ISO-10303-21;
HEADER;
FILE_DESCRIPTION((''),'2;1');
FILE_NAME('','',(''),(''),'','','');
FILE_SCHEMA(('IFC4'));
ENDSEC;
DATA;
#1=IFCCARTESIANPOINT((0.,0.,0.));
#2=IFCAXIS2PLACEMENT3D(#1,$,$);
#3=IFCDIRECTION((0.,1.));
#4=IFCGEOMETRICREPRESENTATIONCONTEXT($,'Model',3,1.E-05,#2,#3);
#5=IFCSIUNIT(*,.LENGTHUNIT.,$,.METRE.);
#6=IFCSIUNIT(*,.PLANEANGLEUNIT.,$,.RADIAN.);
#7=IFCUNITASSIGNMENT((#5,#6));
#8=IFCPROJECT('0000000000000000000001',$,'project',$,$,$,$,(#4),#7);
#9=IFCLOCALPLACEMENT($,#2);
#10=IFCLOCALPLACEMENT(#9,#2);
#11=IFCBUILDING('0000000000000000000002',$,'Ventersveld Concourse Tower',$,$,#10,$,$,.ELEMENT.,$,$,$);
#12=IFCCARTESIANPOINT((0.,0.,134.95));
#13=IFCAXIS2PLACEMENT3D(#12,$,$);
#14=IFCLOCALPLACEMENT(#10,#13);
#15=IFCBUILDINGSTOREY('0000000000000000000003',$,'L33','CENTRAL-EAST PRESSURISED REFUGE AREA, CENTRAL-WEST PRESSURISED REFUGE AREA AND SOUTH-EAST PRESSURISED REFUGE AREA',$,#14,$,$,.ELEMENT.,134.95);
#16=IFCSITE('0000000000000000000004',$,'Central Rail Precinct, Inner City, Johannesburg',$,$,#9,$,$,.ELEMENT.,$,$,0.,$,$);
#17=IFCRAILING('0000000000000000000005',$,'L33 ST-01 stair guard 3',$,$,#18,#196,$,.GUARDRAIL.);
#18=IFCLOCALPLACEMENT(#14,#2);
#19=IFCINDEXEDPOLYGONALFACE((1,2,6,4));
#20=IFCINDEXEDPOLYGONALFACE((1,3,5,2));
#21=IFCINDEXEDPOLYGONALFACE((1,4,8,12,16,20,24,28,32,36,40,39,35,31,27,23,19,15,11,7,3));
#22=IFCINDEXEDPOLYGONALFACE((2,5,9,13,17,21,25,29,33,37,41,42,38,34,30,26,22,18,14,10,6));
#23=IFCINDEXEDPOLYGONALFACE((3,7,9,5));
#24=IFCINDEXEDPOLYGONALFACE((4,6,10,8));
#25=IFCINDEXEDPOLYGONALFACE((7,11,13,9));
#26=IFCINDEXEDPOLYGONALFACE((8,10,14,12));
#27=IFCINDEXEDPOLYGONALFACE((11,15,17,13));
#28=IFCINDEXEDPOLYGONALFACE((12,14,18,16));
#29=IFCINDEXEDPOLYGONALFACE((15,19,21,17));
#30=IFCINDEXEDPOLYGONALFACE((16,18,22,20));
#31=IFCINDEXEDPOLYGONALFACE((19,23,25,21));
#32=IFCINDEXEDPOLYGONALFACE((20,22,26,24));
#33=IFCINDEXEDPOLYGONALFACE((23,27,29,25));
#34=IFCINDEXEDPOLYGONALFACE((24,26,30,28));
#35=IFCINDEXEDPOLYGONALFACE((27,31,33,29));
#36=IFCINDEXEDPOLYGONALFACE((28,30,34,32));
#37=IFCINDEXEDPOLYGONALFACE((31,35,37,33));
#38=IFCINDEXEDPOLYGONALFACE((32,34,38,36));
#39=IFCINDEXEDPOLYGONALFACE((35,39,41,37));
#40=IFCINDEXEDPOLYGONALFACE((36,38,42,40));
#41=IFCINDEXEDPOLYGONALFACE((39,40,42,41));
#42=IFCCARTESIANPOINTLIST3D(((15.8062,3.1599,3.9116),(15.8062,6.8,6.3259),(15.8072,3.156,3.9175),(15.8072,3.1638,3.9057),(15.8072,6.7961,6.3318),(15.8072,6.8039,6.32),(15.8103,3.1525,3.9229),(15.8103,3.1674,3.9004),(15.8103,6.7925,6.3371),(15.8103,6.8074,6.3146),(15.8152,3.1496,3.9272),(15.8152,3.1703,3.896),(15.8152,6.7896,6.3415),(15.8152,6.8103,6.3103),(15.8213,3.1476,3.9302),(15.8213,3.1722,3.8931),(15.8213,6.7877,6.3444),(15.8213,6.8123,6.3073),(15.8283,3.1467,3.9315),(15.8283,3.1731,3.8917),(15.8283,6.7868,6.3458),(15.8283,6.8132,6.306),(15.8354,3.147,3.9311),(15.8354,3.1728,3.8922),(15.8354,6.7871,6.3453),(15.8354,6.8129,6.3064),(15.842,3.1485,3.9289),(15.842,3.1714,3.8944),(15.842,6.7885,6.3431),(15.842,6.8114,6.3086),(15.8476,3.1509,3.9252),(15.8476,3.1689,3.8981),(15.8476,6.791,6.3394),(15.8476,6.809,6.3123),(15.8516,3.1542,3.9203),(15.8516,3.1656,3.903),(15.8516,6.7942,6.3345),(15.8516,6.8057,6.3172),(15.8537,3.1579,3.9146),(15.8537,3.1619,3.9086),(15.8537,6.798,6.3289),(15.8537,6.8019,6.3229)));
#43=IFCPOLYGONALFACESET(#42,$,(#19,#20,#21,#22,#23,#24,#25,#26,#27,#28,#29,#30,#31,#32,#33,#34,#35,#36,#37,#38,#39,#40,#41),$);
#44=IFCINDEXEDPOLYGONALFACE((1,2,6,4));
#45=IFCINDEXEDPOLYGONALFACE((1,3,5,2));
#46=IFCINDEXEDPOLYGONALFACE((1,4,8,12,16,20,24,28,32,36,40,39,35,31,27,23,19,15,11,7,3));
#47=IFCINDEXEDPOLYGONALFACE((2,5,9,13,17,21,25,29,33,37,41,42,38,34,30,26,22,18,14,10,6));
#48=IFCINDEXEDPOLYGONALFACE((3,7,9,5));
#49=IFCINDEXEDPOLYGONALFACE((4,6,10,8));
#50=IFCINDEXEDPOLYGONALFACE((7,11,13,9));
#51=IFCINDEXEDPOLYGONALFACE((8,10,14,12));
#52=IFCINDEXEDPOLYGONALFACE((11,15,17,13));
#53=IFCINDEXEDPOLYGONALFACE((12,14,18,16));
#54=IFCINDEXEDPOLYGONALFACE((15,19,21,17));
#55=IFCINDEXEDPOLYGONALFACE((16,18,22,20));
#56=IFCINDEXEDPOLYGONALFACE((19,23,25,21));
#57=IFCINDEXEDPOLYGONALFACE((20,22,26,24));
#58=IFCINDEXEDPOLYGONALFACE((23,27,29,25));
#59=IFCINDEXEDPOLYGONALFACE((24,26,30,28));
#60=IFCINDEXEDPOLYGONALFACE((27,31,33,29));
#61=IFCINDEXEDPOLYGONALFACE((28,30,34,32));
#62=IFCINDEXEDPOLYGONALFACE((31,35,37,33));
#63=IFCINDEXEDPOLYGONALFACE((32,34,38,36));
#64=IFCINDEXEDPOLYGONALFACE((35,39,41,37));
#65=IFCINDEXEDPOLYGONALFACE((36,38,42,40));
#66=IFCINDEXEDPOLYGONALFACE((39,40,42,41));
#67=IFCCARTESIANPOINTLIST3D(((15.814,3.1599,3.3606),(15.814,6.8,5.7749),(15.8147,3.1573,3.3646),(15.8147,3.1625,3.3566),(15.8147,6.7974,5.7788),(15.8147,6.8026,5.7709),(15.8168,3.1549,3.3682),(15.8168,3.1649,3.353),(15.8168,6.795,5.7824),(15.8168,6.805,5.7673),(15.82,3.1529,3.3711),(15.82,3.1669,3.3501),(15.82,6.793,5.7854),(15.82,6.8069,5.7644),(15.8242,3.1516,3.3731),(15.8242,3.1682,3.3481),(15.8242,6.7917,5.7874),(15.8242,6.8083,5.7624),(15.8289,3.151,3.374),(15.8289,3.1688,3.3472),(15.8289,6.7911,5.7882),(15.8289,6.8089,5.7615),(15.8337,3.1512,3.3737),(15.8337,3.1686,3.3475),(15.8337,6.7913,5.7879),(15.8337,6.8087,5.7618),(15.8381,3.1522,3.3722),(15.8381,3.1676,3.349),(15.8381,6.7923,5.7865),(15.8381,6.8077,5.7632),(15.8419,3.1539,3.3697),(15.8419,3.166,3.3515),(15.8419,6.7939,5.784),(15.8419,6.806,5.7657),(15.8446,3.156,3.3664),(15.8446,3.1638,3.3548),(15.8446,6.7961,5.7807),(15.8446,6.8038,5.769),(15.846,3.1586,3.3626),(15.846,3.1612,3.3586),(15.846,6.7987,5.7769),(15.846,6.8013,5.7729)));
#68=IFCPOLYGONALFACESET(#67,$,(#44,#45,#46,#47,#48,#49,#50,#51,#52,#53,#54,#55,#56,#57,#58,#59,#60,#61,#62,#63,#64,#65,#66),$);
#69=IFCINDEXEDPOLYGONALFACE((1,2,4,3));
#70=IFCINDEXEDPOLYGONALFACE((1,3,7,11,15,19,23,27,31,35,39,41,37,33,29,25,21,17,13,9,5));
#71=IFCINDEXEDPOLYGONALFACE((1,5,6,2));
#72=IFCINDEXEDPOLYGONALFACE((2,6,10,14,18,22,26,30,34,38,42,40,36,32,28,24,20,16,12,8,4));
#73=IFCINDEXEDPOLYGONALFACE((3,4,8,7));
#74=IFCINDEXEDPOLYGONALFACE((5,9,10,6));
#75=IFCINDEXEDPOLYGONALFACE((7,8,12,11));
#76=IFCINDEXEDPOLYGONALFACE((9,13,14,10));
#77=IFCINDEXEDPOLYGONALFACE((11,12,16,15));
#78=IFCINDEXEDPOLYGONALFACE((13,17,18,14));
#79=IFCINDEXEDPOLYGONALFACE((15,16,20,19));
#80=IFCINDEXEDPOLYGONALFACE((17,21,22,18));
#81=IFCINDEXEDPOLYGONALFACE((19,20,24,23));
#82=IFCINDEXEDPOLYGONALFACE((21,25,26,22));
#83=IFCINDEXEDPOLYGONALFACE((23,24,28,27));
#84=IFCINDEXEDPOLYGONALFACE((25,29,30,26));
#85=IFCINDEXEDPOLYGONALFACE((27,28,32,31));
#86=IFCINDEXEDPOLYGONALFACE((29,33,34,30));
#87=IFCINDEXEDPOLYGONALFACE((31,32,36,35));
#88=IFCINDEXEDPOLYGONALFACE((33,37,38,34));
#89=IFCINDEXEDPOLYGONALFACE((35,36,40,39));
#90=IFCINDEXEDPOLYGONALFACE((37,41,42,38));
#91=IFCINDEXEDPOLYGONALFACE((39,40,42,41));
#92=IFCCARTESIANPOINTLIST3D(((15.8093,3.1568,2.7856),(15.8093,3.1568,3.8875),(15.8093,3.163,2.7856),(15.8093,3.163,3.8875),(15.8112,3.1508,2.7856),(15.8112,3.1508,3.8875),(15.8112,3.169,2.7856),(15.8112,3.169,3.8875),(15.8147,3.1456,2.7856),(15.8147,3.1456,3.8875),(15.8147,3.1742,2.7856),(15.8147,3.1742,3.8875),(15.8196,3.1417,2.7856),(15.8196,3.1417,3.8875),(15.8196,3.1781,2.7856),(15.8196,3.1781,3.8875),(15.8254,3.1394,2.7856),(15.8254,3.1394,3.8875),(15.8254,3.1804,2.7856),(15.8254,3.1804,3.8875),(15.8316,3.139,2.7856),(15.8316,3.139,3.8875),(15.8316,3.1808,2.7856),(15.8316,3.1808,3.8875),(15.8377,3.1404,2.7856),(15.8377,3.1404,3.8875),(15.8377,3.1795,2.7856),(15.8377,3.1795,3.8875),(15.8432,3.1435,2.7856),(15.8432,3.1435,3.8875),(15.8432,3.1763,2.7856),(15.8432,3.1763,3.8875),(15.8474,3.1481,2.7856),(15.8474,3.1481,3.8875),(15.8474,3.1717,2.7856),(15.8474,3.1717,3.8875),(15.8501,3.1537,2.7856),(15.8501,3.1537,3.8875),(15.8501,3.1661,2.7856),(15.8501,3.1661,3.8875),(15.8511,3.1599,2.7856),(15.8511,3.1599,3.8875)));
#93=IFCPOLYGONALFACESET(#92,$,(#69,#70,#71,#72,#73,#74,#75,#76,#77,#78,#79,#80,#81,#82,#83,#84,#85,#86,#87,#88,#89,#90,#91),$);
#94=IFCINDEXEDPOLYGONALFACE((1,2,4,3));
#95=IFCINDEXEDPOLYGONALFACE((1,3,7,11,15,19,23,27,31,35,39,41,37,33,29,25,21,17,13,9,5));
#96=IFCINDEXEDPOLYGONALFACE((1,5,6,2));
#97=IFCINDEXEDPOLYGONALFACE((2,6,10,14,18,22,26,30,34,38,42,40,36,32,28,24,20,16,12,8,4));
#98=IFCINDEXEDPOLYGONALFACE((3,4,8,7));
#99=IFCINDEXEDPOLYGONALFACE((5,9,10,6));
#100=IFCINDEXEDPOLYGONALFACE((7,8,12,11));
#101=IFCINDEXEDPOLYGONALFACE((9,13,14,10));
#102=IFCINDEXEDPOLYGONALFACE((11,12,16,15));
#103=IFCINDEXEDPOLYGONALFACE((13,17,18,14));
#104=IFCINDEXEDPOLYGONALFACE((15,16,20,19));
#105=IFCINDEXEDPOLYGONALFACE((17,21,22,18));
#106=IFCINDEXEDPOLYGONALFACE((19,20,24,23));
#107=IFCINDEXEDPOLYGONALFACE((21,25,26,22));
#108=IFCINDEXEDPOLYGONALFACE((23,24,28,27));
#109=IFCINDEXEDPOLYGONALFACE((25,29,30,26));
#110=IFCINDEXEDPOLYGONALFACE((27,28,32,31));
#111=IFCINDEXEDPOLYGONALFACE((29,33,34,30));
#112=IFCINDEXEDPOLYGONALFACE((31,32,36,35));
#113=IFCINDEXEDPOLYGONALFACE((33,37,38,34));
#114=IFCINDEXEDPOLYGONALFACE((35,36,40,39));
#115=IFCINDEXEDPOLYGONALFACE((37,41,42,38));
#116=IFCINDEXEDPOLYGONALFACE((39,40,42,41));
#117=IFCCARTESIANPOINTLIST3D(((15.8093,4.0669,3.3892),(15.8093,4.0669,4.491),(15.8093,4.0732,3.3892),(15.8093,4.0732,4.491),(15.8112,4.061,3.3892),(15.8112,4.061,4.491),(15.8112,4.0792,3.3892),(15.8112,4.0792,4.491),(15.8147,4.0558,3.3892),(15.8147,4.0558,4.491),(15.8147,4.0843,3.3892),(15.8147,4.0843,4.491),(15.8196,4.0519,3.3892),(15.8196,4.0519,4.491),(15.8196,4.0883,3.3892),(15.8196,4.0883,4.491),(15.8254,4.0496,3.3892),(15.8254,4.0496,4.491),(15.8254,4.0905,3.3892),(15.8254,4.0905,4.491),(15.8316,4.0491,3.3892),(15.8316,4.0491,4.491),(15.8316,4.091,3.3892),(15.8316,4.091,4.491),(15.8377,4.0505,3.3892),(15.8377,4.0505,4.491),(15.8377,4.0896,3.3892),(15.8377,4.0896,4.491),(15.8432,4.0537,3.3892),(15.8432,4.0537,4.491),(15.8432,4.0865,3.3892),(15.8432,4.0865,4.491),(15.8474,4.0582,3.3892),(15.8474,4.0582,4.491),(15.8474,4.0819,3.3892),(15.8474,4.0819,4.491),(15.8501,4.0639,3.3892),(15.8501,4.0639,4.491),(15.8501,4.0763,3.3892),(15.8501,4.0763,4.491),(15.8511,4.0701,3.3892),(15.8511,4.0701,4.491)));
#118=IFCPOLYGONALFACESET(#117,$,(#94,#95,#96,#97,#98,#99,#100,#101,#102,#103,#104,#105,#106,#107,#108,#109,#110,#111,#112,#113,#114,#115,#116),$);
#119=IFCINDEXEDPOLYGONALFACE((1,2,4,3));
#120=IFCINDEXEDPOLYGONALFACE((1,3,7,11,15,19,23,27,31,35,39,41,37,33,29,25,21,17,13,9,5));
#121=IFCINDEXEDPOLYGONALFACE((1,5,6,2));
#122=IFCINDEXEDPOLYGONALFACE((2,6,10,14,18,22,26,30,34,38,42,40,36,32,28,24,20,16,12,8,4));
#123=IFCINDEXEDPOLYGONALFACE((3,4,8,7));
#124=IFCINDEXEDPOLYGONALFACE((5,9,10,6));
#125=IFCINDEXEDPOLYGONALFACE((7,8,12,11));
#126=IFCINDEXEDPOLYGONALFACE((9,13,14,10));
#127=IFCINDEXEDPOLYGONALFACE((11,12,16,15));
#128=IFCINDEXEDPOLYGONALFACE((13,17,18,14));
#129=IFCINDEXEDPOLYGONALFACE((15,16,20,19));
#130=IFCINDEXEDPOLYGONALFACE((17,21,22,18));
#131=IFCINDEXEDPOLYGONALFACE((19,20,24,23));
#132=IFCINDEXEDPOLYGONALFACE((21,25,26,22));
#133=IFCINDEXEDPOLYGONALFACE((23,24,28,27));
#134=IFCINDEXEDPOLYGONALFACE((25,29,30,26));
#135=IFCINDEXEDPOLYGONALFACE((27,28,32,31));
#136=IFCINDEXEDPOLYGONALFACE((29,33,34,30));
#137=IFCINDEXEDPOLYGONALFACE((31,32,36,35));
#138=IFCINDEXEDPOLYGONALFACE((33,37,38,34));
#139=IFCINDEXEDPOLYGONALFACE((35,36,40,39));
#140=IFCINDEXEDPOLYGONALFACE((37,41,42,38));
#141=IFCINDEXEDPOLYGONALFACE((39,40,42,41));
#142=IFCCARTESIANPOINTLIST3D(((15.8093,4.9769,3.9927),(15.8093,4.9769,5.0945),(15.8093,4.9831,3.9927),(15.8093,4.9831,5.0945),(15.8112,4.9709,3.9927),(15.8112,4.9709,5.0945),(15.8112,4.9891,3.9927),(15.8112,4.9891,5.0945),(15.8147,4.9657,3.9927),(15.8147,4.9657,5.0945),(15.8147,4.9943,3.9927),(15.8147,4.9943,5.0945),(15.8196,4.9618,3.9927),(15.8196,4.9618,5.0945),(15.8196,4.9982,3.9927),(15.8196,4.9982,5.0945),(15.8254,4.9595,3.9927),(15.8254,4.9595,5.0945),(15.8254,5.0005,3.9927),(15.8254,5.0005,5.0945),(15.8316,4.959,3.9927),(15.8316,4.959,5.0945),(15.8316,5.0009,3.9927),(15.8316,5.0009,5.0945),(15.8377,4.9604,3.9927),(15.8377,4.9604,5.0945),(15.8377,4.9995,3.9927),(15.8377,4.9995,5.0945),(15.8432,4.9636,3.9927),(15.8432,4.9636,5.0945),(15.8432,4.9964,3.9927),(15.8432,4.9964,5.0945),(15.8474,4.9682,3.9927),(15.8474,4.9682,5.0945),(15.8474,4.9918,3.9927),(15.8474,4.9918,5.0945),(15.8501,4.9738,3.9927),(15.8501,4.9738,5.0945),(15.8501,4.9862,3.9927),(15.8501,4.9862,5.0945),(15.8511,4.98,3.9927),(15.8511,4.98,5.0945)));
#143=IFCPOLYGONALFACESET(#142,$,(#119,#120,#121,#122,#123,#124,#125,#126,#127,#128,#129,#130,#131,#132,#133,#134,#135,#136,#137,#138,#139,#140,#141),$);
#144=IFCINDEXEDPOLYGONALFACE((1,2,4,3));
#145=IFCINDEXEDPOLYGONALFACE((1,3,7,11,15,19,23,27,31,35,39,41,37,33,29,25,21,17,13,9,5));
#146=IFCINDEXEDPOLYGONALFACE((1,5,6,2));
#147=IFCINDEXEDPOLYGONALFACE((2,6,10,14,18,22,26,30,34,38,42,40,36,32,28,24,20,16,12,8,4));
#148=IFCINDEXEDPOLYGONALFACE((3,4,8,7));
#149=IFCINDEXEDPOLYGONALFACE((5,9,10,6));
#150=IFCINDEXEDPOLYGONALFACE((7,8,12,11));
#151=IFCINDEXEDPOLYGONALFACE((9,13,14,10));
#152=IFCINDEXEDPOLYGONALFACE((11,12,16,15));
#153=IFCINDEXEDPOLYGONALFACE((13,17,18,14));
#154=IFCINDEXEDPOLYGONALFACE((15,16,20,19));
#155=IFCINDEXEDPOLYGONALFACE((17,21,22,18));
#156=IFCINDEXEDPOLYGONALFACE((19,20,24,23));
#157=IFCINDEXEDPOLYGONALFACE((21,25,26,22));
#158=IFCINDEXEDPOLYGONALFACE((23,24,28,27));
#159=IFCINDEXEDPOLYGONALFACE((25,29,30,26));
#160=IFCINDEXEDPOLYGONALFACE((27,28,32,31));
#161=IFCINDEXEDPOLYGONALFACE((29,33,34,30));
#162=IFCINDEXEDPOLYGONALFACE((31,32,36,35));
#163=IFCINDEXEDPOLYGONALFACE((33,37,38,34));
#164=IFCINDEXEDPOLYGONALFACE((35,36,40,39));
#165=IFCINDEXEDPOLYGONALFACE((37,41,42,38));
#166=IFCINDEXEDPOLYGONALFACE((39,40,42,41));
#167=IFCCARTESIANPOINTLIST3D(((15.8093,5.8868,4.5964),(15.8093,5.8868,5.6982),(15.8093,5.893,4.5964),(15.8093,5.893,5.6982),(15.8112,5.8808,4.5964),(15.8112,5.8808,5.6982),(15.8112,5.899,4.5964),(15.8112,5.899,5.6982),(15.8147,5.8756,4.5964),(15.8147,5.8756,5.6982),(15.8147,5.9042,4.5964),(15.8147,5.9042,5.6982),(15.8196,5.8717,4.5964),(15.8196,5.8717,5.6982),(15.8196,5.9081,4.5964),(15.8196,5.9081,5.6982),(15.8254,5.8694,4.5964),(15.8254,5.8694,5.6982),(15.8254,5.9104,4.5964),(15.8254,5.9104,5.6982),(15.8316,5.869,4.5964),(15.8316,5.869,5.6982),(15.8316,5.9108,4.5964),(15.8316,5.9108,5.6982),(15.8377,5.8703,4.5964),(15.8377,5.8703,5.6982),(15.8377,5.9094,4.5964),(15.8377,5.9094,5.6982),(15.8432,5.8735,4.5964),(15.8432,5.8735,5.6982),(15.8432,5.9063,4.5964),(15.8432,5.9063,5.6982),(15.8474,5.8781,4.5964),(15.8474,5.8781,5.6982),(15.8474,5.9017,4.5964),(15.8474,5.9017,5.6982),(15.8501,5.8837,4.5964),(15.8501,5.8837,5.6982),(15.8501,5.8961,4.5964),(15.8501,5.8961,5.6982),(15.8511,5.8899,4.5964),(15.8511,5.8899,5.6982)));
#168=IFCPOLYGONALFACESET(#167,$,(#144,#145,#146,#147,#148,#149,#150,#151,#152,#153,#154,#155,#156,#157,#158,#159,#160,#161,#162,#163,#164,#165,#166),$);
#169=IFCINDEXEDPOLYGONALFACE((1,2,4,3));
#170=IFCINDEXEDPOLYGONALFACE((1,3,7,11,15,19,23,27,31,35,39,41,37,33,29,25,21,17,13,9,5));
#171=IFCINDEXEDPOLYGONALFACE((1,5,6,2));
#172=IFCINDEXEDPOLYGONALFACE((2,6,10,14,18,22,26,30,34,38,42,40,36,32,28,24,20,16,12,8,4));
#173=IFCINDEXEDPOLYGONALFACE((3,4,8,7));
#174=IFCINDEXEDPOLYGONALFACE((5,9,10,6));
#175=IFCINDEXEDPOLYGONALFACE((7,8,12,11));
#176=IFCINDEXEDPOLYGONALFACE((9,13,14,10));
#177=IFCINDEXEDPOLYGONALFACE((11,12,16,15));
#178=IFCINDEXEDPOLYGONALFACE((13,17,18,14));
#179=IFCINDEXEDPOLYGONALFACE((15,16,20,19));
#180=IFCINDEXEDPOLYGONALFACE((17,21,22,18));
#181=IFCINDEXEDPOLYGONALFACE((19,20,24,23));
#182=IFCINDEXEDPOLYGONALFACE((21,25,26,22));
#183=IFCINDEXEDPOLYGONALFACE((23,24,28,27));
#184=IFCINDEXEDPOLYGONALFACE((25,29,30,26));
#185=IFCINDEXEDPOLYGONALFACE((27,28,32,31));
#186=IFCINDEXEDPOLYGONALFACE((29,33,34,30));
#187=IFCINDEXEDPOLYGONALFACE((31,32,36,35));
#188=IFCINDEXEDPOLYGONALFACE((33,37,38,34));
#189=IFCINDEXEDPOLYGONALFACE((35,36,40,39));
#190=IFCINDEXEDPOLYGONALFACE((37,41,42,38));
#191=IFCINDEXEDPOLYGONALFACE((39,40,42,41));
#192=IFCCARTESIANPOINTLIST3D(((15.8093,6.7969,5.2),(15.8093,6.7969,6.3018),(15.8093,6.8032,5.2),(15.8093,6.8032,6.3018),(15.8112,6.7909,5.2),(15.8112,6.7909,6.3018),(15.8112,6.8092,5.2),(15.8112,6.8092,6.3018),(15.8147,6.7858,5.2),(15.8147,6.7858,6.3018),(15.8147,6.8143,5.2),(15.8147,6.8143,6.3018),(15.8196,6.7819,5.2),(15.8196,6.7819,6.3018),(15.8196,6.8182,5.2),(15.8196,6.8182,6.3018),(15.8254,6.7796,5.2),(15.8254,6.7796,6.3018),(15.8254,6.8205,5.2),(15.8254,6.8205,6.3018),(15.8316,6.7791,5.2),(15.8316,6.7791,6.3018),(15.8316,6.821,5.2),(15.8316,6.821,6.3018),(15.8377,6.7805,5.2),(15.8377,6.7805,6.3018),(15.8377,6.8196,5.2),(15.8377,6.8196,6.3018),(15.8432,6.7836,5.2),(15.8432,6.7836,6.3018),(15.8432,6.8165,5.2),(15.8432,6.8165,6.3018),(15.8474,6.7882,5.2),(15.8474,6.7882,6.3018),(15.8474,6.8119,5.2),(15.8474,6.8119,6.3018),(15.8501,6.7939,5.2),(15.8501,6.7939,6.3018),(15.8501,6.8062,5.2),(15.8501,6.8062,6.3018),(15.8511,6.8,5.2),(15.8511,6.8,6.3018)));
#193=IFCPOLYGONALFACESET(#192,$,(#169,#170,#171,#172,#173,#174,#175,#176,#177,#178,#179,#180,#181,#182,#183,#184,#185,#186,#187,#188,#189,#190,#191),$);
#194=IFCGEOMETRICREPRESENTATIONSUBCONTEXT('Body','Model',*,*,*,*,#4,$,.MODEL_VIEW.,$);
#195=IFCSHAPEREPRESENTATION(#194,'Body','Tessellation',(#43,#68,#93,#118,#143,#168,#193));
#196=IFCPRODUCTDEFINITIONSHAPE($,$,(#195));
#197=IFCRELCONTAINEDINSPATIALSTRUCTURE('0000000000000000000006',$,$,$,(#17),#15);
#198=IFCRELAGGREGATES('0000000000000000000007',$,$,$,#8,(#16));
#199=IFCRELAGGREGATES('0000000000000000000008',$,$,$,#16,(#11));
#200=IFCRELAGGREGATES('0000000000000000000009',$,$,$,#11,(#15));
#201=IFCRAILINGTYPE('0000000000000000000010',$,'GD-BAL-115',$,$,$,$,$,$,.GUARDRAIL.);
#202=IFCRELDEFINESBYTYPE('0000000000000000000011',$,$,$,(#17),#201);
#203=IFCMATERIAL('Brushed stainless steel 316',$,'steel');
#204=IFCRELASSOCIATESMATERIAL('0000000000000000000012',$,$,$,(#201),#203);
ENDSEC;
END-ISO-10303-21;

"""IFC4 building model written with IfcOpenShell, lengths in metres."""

from ifc_helpers import new_model, si_unit, direction, frame, origin, origin_2d, place, context, subcontext, project, spatial, circle, extrude, material, type_object, element, save


model = new_model("IFC4")

# Units and contexts
model_context = context("Model", 3, precision=1e-05, world=origin(), true_north=direction((0.0, 1.0)))
body_context = subcontext(model_context, "Body", "Model", "MODEL_VIEW")
ifc_project = project(units=[si_unit("LENGTHUNIT", "METRE"), si_unit("PLANEANGLEUNIT", "RADIAN")], contexts=[model_context])

# Site, building, storey
site_placement = place(None, origin())
site = spatial("IfcSite", under=ifc_project, at=site_placement, Name="Central Rail Precinct, Inner City, Johannesburg", CompositionType="ELEMENT", RefElevation=0.0)
building_placement = place(site_placement, origin())
building = spatial("IfcBuilding", under=site, at=building_placement, Name="Ventersveld Concourse Tower", CompositionType="ELEMENT")
storey_placement = place(building_placement, frame((0.0, 0.0, 134.95)))
storey = spatial("IfcBuildingStorey", under=building, at=storey_placement, Name="L33", Description="CENTRAL-EAST PRESSURISED REFUGE AREA, CENTRAL-WEST PRESSURISED REFUGE AREA AND SOUTH-EAST PRESSURISED REFUGE AREA", CompositionType="ELEMENT", Elevation=134.95)

# Railing
ifc_material_1 = material(Name="Brushed stainless steel 316", Category="steel")
railing_type_1 = type_object("IfcRailingType", Name="GD-BAL-115", PredefinedType="GUARDRAIL", material=ifc_material_1)
railing_1_placement = place(storey_placement, frame((15.8301, 3.1599, 2.7856)))
element("IfcRailing", 1, at=railing_1_placement, inside=storey, type_object=railing_type_1, Name="L33 ST-01 stair guard 3", PredefinedType="GUARDRAIL", context=body_context, shape_type="SweptSolid", body=[
    extrude(circle(Radius=0.0239, at=origin_2d()), frame((0.0, 0.0, 1.126), z_axis=(0.0, 0.833364, 0.552725), x_axis=(-1.0, 0.0, 0.0)), (0.0, 0.0, 1.0), 4.3679),
    extrude(circle(Radius=0.0161, at=origin_2d()), frame((0.0, 0.0, 0.575), z_axis=(0.0, 0.833364, 0.552725), x_axis=(-1.0, 0.0, 0.0)), (0.0, 0.0, 1.0), 4.3679),
    extrude(circle(Radius=0.021, at=origin_2d()), origin(), (0.0, 0.0, 1.0), 1.1018),
    extrude(circle(Radius=0.021, at=origin_2d()), frame((0.0, 0.9102, 0.6035)), (0.0, 0.0, 1.0), 1.1018),
    extrude(circle(Radius=0.021, at=origin_2d()), frame((0.0, 1.8201, 1.207)), (0.0, 0.0, 1.0), 1.1018),
    extrude(circle(Radius=0.021, at=origin_2d()), frame((0.0, 2.73, 1.8108)), (0.0, 0.0, 1.0), 1.1018),
    extrude(circle(Radius=0.021, at=origin_2d()), frame((0.0, 3.6401, 2.4143)), (0.0, 0.0, 1.0), 1.1018),
])

save(model, "model.ifc")
